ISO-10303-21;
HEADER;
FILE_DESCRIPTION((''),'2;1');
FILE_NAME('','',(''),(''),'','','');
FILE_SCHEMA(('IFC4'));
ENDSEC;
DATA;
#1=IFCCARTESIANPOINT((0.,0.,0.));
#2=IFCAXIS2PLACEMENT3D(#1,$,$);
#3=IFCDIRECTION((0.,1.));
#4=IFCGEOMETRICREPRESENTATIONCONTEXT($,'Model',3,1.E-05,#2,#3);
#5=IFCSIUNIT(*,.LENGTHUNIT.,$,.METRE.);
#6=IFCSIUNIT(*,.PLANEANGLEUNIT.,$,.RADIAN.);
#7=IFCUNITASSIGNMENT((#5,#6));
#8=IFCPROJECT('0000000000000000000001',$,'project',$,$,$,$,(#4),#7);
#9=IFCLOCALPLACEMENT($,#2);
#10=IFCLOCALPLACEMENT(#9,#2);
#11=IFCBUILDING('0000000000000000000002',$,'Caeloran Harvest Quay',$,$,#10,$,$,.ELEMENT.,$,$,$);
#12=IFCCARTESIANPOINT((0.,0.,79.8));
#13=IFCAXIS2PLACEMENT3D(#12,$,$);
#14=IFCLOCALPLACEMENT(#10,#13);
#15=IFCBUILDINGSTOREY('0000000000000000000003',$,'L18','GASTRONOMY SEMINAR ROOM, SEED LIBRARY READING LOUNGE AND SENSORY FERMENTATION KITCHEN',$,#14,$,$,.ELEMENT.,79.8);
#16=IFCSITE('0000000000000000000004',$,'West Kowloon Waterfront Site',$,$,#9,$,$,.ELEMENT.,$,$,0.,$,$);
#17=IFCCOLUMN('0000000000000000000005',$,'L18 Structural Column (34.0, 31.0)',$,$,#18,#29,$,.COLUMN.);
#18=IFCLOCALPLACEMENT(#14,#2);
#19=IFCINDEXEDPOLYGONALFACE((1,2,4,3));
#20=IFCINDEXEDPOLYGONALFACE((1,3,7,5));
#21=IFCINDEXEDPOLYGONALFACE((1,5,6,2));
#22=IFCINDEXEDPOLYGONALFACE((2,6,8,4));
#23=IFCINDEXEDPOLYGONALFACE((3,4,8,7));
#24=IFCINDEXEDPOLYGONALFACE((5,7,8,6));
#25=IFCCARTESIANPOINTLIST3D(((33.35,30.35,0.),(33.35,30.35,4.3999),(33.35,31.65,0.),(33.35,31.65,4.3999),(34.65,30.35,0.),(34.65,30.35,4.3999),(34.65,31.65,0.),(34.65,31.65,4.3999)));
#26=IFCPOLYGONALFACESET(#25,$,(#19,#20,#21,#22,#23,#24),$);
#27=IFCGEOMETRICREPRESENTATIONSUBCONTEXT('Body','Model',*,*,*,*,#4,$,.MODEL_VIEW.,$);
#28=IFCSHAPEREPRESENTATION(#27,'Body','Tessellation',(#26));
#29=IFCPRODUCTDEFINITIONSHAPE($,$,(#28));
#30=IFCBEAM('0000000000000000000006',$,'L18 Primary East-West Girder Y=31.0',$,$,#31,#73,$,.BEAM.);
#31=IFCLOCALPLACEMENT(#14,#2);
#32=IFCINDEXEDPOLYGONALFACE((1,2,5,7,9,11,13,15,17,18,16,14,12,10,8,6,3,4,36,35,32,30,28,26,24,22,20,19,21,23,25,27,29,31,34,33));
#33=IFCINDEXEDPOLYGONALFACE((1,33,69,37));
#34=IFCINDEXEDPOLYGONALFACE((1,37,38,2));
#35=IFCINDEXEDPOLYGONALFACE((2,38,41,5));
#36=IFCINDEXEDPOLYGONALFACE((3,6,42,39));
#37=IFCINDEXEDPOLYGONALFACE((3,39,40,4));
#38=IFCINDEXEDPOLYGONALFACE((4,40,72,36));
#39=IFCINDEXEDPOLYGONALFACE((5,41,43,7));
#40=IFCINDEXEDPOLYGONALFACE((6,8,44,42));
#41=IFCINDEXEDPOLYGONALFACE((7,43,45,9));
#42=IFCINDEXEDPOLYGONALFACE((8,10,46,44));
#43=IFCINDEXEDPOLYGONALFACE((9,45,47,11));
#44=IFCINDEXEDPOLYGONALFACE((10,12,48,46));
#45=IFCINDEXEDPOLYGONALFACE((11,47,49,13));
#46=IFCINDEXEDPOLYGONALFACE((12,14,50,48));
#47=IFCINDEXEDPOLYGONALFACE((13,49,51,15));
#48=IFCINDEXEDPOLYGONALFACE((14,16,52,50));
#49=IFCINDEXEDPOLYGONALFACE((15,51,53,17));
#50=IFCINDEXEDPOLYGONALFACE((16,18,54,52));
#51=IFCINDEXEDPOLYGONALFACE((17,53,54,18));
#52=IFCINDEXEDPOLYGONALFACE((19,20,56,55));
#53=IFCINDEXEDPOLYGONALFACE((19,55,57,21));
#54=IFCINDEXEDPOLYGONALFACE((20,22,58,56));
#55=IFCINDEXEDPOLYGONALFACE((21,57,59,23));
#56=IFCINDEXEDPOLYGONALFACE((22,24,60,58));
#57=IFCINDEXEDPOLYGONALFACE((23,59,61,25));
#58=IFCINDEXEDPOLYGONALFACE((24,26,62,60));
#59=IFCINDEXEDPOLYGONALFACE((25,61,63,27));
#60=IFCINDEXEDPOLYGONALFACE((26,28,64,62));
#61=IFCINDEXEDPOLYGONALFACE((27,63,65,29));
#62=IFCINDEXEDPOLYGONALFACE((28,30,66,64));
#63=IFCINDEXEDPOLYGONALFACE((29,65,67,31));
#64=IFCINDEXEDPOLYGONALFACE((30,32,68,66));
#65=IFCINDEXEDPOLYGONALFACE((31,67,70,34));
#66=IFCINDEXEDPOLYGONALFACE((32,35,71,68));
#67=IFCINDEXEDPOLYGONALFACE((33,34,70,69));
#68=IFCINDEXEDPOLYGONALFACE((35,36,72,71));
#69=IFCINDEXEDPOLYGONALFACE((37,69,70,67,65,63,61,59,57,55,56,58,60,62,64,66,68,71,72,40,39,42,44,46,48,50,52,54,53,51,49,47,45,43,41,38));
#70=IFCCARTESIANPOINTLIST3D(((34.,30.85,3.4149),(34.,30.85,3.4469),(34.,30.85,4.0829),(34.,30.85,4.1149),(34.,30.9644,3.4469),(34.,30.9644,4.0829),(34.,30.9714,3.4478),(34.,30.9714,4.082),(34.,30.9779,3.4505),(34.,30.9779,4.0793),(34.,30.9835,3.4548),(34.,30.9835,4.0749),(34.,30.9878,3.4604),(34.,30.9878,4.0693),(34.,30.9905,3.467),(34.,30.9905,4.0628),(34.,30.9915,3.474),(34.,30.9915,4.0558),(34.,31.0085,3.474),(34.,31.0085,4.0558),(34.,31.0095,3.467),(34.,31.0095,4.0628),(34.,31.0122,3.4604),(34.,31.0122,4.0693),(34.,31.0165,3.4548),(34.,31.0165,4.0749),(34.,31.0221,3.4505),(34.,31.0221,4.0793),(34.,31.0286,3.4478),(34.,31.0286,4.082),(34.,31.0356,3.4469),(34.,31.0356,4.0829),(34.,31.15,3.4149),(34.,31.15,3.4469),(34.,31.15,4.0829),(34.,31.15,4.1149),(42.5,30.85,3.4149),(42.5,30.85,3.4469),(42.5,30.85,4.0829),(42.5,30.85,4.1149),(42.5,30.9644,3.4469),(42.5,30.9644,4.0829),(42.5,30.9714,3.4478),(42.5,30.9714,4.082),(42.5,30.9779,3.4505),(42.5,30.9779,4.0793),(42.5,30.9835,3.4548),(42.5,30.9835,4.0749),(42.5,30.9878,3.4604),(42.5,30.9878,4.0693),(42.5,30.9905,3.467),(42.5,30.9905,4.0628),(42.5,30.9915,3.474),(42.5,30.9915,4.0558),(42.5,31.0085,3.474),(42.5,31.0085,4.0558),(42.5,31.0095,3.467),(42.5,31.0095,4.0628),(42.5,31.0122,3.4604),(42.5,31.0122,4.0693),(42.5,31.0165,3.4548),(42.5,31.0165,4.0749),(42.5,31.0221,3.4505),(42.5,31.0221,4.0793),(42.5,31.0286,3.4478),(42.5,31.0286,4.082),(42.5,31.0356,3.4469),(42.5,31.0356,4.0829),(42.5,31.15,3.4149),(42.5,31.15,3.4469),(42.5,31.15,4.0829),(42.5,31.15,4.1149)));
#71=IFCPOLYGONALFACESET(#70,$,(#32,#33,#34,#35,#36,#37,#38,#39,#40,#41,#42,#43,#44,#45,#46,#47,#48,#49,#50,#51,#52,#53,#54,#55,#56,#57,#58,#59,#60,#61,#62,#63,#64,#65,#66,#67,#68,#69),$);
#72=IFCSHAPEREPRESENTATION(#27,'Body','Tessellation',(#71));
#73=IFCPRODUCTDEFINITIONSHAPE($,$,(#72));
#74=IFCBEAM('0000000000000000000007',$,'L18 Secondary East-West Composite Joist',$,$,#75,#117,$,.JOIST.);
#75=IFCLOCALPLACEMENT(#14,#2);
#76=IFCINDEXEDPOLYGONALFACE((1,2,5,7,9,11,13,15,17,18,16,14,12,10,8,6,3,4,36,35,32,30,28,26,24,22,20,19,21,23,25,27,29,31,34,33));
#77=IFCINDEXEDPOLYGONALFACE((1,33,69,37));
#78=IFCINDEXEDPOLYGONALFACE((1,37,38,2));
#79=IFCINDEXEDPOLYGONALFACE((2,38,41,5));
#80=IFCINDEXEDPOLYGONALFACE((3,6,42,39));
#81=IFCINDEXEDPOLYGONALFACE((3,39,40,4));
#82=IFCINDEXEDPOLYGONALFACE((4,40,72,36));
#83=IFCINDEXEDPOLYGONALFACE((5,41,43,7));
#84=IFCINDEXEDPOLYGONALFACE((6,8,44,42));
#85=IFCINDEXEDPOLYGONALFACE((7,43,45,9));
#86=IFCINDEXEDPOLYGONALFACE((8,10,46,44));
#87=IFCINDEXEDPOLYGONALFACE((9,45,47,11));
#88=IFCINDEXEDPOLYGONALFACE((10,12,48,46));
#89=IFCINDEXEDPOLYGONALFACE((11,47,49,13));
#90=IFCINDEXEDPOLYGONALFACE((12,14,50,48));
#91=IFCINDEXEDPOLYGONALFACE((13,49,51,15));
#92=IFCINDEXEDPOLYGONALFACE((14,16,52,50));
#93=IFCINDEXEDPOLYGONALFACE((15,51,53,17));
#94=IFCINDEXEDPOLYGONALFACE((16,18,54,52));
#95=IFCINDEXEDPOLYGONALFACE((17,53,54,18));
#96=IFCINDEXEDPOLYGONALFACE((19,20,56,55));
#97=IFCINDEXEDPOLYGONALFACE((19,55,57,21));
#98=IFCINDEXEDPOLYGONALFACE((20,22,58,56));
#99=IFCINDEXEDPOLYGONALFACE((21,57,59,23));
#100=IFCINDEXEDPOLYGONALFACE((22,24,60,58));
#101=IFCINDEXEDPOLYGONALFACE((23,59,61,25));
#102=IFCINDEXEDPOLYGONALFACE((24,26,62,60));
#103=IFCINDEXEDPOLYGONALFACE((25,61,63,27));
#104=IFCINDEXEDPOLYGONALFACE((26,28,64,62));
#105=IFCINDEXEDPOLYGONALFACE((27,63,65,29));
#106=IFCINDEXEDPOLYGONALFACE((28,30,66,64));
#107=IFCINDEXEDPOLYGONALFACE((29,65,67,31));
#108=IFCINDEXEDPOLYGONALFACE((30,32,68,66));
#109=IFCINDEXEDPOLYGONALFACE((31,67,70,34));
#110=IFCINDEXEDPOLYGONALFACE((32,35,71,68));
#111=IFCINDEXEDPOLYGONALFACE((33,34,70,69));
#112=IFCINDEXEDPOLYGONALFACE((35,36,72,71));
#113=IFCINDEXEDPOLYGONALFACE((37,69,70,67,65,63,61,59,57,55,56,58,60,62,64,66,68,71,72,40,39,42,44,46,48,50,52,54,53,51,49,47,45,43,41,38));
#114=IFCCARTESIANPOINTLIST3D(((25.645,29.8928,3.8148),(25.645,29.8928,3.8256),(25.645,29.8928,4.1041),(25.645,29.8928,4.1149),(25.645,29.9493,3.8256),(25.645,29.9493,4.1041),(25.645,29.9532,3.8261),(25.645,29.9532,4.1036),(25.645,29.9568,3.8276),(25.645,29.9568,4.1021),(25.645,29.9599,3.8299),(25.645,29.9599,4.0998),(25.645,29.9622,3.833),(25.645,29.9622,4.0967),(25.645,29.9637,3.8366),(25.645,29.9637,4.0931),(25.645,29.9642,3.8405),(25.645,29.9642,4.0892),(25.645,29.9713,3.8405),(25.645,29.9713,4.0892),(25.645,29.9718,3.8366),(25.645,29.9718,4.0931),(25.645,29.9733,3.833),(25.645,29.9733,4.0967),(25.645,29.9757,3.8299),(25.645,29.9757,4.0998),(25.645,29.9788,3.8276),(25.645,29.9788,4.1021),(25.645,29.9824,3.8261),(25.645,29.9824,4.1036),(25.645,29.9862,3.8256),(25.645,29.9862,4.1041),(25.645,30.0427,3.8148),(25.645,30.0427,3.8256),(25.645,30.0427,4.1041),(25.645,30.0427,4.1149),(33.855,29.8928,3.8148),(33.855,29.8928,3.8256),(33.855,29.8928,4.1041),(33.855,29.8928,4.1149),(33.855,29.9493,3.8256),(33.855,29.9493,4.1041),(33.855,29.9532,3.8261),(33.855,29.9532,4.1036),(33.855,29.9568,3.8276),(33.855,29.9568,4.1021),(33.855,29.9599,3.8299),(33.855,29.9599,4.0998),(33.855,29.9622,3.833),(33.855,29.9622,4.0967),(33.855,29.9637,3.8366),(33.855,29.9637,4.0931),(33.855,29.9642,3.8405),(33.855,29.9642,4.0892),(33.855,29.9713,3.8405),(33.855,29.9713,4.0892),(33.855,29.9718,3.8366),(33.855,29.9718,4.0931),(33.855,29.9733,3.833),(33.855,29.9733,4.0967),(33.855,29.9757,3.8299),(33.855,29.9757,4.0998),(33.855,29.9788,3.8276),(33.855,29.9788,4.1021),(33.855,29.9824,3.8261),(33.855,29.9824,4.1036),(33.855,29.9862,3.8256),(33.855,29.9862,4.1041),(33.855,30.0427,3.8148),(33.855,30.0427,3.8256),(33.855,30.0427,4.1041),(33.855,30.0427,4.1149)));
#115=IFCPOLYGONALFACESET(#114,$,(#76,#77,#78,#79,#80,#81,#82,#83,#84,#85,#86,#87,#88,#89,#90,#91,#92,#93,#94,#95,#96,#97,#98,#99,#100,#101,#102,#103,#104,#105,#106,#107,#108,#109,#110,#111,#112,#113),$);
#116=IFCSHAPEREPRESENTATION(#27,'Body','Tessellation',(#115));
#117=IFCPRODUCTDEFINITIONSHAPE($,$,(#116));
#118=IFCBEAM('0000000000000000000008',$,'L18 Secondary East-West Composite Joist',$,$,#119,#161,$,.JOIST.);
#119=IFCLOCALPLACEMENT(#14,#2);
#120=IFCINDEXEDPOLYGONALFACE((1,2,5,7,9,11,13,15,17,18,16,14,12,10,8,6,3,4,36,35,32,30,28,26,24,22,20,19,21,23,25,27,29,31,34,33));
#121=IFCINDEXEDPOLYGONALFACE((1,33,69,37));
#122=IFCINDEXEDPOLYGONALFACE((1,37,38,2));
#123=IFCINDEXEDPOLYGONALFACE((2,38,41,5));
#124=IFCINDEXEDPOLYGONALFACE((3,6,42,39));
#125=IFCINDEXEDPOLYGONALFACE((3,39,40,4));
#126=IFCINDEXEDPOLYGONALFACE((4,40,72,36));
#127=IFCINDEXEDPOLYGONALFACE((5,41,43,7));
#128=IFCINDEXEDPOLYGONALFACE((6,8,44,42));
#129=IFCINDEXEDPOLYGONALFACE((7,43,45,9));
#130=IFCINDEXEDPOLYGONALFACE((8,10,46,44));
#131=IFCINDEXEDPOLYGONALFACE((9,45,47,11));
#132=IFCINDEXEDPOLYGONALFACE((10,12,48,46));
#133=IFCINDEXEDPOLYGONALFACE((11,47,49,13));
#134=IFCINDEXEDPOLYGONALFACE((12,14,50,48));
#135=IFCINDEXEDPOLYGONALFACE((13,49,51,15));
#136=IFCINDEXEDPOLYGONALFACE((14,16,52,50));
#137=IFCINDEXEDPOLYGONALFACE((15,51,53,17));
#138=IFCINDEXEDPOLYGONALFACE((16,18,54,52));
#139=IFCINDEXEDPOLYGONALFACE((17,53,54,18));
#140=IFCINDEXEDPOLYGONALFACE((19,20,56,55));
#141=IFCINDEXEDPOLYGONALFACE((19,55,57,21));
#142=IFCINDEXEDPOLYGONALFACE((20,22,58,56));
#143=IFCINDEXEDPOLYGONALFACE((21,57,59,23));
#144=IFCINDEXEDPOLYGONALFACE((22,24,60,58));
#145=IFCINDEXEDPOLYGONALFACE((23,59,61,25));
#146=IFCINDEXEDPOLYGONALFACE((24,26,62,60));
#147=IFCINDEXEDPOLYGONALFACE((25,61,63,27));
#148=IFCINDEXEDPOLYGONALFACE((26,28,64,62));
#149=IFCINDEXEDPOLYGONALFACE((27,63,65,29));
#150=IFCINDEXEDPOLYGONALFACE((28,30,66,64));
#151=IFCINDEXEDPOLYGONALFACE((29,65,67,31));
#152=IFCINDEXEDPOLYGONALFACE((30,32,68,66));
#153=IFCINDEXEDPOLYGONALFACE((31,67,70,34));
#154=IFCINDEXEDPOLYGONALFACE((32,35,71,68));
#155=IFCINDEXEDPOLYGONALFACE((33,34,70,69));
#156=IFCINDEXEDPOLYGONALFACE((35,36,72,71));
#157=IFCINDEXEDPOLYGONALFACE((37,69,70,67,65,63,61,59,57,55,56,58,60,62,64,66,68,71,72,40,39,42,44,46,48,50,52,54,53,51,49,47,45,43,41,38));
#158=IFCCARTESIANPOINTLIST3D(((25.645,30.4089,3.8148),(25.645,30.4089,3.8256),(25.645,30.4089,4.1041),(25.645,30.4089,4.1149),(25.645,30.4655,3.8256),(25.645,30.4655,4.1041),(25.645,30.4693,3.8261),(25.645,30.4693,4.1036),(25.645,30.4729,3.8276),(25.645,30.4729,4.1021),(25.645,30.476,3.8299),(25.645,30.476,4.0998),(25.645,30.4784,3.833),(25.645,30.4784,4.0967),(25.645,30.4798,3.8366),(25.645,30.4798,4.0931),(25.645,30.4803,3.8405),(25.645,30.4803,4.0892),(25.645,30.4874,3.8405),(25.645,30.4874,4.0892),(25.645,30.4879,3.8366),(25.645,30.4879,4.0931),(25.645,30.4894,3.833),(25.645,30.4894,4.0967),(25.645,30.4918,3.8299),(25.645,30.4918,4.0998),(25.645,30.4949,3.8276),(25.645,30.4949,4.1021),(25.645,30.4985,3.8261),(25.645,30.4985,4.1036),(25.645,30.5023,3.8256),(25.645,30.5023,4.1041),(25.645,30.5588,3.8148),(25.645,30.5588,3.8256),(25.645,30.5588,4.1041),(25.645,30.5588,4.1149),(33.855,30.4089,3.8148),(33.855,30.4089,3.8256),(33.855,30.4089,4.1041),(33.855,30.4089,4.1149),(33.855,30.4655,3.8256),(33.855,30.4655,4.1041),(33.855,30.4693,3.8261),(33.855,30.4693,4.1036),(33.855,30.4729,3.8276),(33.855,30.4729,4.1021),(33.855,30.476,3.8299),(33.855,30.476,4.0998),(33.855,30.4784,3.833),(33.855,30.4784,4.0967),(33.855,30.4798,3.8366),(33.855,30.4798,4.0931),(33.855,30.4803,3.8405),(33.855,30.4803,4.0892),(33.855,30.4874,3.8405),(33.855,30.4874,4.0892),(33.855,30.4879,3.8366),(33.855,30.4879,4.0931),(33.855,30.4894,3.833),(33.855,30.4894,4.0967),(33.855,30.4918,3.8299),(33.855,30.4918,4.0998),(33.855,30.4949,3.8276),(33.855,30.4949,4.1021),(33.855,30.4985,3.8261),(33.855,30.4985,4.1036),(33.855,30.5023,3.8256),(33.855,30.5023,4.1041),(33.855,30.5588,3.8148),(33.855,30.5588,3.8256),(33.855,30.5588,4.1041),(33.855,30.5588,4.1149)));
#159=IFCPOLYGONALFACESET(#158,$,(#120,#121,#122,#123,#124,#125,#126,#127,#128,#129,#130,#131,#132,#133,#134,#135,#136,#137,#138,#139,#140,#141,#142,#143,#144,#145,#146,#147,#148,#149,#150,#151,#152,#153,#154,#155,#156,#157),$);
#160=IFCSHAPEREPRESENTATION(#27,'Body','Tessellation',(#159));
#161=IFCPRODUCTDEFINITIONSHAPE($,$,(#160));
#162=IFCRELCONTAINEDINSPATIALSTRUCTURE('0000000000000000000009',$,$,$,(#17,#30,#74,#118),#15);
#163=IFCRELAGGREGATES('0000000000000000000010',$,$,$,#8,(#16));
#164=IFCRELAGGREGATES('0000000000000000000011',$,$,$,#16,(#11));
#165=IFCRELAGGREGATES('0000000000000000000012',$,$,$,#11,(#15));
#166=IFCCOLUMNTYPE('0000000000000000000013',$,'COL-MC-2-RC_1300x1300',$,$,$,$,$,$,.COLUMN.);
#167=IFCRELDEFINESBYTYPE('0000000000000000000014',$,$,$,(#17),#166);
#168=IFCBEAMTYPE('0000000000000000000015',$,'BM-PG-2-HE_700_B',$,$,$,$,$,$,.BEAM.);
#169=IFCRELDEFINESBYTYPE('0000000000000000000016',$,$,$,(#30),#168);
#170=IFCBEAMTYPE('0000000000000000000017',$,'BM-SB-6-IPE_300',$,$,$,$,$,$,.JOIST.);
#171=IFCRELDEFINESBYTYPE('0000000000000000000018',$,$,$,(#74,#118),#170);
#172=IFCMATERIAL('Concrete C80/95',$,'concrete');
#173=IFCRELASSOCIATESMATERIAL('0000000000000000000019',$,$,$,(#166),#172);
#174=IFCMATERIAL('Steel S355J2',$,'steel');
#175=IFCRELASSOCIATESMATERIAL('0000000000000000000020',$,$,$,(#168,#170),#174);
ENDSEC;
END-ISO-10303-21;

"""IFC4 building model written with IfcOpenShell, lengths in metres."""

from ifc_helpers import new_model, si_unit, direction, frame, origin, origin_2d, place, context, subcontext, project, spatial, rectangle, i_section, extrude, material, material_profile, profile_set, type_object, element, save


model = new_model("IFC4")

# Units and contexts
model_context = context("Model", 3, precision=1e-05, world=origin(), true_north=direction((0.0, 1.0)))
body_context = subcontext(model_context, "Body", "Model", "MODEL_VIEW")
ifc_project = project(units=[si_unit("LENGTHUNIT", "METRE"), si_unit("PLANEANGLEUNIT", "RADIAN")], contexts=[model_context])

# Site, building, storey
site_placement = place(None, origin())
site = spatial("IfcSite", under=ifc_project, at=site_placement, Name="West Kowloon Waterfront Site", CompositionType="ELEMENT", RefElevation=0.0)
building_placement = place(site_placement, origin())
building = spatial("IfcBuilding", under=site, at=building_placement, Name="Caeloran Harvest Quay", CompositionType="ELEMENT")
storey_placement = place(building_placement, frame((0.0, 0.0, 79.8)))
storey = spatial("IfcBuildingStorey", under=building, at=storey_placement, Name="L18", Description="GASTRONOMY SEMINAR ROOM, SEED LIBRARY READING LOUNGE AND SENSORY FERMENTATION KITCHEN", CompositionType="ELEMENT", Elevation=79.8)

# Column
ifc_material_1 = material(Name="Concrete C80/95", Category="concrete")
ifc_material_profile_1 = material_profile(ifc_material_1, rectangle(XDim=1.3, YDim=1.3, at=origin_2d()), Name="RC 1300x1300")
ifc_profile_set_1 = profile_set([ifc_material_profile_1], Name="Concrete C80/95")
column_type = type_object("IfcColumnType", Name="COL-MC-2-RC_1300x1300", PredefinedType="COLUMN", material=ifc_profile_set_1)
column_placement = place(storey_placement, frame((34.0, 31.0, 0.0), z_axis=(0.0, 0.0, 1.0), x_axis=(1.0, 0.0, 0.0)))
element("IfcColumn", 1, at=column_placement, inside=storey, type_object=column_type, Name="L18 Structural Column (34.0, 31.0)", PredefinedType="COLUMN", context=body_context, shape_type="SweptSolid", body=[
    extrude(rectangle(XDim=1.3, YDim=1.3, at=origin_2d()), origin(), (0.0, 0.0, 1.0), 4.3999),
])

# Beams
ifc_material_2 = material(Name="Steel S355J2", Category="steel")
ifc_material_profile_2 = material_profile(ifc_material_2, i_section(OverallWidth=0.3, OverallDepth=0.7, WebThickness=0.0171, FlangeThickness=0.032, FilletRadius=0.0271, at=origin_2d()), Name="HE 700 B")
ifc_profile_set_2 = profile_set([ifc_material_profile_2], Name="Steel S355J2")
beam_type_1 = type_object("IfcBeamType", Name="BM-PG-2-HE_700_B", PredefinedType="BEAM", material=ifc_profile_set_2)
beam_1_placement = place(storey_placement, frame((34.0, 31.0, 3.7649), z_axis=(1.0, 0.0, 0.0), x_axis=(0.0, 1.0, 0.0)))
element("IfcBeam", 2, at=beam_1_placement, inside=storey, type_object=beam_type_1, Name="L18 Primary East-West Girder Y=31.0", PredefinedType="BEAM", context=body_context, shape_type="SweptSolid", body=[
    extrude(i_section(OverallWidth=0.3, OverallDepth=0.7, WebThickness=0.0171, FlangeThickness=0.032, FilletRadius=0.0271, at=origin_2d()), origin(), (0.0, 0.0, 1.0), 8.5),
])
ifc_material_profile_3 = material_profile(ifc_material_2, i_section(OverallWidth=0.1499, OverallDepth=0.3, WebThickness=0.0071, FlangeThickness=0.0107, FilletRadius=0.0149, at=origin_2d()), Name="IPE 300")
ifc_profile_set_3 = profile_set([ifc_material_profile_3], Name="Steel S355J2")
beam_type_2 = type_object("IfcBeamType", Name="BM-SB-6-IPE_300", PredefinedType="JOIST", material=ifc_profile_set_3)
for number, where, z_axis, x_axis, name in (
    (3, (25.645, 29.9678, 3.9648), (1.0, 0.0, 0.0), (0.0, 1.0, 0.0), "L18 Secondary East-West Composite Joist"),
    (4, (25.645, 30.4839, 3.9648), (1.0, 0.0, 0.0), (0.0, 1.0, 0.0), "L18 Secondary East-West Composite Joist"),
):
    element("IfcBeam", number, at=place(storey_placement, frame(where, z_axis=z_axis, x_axis=x_axis)), inside=storey, type_object=beam_type_2, Name=name, PredefinedType="JOIST", context=body_context, shape_type="SweptSolid", body=[
        extrude(i_section(OverallWidth=0.1499, OverallDepth=0.3, WebThickness=0.0071, FlangeThickness=0.0107, FilletRadius=0.0149, at=origin_2d()), origin(), (0.0, 0.0, 1.0), 8.21),
    ])

save(model, "model.ifc")
